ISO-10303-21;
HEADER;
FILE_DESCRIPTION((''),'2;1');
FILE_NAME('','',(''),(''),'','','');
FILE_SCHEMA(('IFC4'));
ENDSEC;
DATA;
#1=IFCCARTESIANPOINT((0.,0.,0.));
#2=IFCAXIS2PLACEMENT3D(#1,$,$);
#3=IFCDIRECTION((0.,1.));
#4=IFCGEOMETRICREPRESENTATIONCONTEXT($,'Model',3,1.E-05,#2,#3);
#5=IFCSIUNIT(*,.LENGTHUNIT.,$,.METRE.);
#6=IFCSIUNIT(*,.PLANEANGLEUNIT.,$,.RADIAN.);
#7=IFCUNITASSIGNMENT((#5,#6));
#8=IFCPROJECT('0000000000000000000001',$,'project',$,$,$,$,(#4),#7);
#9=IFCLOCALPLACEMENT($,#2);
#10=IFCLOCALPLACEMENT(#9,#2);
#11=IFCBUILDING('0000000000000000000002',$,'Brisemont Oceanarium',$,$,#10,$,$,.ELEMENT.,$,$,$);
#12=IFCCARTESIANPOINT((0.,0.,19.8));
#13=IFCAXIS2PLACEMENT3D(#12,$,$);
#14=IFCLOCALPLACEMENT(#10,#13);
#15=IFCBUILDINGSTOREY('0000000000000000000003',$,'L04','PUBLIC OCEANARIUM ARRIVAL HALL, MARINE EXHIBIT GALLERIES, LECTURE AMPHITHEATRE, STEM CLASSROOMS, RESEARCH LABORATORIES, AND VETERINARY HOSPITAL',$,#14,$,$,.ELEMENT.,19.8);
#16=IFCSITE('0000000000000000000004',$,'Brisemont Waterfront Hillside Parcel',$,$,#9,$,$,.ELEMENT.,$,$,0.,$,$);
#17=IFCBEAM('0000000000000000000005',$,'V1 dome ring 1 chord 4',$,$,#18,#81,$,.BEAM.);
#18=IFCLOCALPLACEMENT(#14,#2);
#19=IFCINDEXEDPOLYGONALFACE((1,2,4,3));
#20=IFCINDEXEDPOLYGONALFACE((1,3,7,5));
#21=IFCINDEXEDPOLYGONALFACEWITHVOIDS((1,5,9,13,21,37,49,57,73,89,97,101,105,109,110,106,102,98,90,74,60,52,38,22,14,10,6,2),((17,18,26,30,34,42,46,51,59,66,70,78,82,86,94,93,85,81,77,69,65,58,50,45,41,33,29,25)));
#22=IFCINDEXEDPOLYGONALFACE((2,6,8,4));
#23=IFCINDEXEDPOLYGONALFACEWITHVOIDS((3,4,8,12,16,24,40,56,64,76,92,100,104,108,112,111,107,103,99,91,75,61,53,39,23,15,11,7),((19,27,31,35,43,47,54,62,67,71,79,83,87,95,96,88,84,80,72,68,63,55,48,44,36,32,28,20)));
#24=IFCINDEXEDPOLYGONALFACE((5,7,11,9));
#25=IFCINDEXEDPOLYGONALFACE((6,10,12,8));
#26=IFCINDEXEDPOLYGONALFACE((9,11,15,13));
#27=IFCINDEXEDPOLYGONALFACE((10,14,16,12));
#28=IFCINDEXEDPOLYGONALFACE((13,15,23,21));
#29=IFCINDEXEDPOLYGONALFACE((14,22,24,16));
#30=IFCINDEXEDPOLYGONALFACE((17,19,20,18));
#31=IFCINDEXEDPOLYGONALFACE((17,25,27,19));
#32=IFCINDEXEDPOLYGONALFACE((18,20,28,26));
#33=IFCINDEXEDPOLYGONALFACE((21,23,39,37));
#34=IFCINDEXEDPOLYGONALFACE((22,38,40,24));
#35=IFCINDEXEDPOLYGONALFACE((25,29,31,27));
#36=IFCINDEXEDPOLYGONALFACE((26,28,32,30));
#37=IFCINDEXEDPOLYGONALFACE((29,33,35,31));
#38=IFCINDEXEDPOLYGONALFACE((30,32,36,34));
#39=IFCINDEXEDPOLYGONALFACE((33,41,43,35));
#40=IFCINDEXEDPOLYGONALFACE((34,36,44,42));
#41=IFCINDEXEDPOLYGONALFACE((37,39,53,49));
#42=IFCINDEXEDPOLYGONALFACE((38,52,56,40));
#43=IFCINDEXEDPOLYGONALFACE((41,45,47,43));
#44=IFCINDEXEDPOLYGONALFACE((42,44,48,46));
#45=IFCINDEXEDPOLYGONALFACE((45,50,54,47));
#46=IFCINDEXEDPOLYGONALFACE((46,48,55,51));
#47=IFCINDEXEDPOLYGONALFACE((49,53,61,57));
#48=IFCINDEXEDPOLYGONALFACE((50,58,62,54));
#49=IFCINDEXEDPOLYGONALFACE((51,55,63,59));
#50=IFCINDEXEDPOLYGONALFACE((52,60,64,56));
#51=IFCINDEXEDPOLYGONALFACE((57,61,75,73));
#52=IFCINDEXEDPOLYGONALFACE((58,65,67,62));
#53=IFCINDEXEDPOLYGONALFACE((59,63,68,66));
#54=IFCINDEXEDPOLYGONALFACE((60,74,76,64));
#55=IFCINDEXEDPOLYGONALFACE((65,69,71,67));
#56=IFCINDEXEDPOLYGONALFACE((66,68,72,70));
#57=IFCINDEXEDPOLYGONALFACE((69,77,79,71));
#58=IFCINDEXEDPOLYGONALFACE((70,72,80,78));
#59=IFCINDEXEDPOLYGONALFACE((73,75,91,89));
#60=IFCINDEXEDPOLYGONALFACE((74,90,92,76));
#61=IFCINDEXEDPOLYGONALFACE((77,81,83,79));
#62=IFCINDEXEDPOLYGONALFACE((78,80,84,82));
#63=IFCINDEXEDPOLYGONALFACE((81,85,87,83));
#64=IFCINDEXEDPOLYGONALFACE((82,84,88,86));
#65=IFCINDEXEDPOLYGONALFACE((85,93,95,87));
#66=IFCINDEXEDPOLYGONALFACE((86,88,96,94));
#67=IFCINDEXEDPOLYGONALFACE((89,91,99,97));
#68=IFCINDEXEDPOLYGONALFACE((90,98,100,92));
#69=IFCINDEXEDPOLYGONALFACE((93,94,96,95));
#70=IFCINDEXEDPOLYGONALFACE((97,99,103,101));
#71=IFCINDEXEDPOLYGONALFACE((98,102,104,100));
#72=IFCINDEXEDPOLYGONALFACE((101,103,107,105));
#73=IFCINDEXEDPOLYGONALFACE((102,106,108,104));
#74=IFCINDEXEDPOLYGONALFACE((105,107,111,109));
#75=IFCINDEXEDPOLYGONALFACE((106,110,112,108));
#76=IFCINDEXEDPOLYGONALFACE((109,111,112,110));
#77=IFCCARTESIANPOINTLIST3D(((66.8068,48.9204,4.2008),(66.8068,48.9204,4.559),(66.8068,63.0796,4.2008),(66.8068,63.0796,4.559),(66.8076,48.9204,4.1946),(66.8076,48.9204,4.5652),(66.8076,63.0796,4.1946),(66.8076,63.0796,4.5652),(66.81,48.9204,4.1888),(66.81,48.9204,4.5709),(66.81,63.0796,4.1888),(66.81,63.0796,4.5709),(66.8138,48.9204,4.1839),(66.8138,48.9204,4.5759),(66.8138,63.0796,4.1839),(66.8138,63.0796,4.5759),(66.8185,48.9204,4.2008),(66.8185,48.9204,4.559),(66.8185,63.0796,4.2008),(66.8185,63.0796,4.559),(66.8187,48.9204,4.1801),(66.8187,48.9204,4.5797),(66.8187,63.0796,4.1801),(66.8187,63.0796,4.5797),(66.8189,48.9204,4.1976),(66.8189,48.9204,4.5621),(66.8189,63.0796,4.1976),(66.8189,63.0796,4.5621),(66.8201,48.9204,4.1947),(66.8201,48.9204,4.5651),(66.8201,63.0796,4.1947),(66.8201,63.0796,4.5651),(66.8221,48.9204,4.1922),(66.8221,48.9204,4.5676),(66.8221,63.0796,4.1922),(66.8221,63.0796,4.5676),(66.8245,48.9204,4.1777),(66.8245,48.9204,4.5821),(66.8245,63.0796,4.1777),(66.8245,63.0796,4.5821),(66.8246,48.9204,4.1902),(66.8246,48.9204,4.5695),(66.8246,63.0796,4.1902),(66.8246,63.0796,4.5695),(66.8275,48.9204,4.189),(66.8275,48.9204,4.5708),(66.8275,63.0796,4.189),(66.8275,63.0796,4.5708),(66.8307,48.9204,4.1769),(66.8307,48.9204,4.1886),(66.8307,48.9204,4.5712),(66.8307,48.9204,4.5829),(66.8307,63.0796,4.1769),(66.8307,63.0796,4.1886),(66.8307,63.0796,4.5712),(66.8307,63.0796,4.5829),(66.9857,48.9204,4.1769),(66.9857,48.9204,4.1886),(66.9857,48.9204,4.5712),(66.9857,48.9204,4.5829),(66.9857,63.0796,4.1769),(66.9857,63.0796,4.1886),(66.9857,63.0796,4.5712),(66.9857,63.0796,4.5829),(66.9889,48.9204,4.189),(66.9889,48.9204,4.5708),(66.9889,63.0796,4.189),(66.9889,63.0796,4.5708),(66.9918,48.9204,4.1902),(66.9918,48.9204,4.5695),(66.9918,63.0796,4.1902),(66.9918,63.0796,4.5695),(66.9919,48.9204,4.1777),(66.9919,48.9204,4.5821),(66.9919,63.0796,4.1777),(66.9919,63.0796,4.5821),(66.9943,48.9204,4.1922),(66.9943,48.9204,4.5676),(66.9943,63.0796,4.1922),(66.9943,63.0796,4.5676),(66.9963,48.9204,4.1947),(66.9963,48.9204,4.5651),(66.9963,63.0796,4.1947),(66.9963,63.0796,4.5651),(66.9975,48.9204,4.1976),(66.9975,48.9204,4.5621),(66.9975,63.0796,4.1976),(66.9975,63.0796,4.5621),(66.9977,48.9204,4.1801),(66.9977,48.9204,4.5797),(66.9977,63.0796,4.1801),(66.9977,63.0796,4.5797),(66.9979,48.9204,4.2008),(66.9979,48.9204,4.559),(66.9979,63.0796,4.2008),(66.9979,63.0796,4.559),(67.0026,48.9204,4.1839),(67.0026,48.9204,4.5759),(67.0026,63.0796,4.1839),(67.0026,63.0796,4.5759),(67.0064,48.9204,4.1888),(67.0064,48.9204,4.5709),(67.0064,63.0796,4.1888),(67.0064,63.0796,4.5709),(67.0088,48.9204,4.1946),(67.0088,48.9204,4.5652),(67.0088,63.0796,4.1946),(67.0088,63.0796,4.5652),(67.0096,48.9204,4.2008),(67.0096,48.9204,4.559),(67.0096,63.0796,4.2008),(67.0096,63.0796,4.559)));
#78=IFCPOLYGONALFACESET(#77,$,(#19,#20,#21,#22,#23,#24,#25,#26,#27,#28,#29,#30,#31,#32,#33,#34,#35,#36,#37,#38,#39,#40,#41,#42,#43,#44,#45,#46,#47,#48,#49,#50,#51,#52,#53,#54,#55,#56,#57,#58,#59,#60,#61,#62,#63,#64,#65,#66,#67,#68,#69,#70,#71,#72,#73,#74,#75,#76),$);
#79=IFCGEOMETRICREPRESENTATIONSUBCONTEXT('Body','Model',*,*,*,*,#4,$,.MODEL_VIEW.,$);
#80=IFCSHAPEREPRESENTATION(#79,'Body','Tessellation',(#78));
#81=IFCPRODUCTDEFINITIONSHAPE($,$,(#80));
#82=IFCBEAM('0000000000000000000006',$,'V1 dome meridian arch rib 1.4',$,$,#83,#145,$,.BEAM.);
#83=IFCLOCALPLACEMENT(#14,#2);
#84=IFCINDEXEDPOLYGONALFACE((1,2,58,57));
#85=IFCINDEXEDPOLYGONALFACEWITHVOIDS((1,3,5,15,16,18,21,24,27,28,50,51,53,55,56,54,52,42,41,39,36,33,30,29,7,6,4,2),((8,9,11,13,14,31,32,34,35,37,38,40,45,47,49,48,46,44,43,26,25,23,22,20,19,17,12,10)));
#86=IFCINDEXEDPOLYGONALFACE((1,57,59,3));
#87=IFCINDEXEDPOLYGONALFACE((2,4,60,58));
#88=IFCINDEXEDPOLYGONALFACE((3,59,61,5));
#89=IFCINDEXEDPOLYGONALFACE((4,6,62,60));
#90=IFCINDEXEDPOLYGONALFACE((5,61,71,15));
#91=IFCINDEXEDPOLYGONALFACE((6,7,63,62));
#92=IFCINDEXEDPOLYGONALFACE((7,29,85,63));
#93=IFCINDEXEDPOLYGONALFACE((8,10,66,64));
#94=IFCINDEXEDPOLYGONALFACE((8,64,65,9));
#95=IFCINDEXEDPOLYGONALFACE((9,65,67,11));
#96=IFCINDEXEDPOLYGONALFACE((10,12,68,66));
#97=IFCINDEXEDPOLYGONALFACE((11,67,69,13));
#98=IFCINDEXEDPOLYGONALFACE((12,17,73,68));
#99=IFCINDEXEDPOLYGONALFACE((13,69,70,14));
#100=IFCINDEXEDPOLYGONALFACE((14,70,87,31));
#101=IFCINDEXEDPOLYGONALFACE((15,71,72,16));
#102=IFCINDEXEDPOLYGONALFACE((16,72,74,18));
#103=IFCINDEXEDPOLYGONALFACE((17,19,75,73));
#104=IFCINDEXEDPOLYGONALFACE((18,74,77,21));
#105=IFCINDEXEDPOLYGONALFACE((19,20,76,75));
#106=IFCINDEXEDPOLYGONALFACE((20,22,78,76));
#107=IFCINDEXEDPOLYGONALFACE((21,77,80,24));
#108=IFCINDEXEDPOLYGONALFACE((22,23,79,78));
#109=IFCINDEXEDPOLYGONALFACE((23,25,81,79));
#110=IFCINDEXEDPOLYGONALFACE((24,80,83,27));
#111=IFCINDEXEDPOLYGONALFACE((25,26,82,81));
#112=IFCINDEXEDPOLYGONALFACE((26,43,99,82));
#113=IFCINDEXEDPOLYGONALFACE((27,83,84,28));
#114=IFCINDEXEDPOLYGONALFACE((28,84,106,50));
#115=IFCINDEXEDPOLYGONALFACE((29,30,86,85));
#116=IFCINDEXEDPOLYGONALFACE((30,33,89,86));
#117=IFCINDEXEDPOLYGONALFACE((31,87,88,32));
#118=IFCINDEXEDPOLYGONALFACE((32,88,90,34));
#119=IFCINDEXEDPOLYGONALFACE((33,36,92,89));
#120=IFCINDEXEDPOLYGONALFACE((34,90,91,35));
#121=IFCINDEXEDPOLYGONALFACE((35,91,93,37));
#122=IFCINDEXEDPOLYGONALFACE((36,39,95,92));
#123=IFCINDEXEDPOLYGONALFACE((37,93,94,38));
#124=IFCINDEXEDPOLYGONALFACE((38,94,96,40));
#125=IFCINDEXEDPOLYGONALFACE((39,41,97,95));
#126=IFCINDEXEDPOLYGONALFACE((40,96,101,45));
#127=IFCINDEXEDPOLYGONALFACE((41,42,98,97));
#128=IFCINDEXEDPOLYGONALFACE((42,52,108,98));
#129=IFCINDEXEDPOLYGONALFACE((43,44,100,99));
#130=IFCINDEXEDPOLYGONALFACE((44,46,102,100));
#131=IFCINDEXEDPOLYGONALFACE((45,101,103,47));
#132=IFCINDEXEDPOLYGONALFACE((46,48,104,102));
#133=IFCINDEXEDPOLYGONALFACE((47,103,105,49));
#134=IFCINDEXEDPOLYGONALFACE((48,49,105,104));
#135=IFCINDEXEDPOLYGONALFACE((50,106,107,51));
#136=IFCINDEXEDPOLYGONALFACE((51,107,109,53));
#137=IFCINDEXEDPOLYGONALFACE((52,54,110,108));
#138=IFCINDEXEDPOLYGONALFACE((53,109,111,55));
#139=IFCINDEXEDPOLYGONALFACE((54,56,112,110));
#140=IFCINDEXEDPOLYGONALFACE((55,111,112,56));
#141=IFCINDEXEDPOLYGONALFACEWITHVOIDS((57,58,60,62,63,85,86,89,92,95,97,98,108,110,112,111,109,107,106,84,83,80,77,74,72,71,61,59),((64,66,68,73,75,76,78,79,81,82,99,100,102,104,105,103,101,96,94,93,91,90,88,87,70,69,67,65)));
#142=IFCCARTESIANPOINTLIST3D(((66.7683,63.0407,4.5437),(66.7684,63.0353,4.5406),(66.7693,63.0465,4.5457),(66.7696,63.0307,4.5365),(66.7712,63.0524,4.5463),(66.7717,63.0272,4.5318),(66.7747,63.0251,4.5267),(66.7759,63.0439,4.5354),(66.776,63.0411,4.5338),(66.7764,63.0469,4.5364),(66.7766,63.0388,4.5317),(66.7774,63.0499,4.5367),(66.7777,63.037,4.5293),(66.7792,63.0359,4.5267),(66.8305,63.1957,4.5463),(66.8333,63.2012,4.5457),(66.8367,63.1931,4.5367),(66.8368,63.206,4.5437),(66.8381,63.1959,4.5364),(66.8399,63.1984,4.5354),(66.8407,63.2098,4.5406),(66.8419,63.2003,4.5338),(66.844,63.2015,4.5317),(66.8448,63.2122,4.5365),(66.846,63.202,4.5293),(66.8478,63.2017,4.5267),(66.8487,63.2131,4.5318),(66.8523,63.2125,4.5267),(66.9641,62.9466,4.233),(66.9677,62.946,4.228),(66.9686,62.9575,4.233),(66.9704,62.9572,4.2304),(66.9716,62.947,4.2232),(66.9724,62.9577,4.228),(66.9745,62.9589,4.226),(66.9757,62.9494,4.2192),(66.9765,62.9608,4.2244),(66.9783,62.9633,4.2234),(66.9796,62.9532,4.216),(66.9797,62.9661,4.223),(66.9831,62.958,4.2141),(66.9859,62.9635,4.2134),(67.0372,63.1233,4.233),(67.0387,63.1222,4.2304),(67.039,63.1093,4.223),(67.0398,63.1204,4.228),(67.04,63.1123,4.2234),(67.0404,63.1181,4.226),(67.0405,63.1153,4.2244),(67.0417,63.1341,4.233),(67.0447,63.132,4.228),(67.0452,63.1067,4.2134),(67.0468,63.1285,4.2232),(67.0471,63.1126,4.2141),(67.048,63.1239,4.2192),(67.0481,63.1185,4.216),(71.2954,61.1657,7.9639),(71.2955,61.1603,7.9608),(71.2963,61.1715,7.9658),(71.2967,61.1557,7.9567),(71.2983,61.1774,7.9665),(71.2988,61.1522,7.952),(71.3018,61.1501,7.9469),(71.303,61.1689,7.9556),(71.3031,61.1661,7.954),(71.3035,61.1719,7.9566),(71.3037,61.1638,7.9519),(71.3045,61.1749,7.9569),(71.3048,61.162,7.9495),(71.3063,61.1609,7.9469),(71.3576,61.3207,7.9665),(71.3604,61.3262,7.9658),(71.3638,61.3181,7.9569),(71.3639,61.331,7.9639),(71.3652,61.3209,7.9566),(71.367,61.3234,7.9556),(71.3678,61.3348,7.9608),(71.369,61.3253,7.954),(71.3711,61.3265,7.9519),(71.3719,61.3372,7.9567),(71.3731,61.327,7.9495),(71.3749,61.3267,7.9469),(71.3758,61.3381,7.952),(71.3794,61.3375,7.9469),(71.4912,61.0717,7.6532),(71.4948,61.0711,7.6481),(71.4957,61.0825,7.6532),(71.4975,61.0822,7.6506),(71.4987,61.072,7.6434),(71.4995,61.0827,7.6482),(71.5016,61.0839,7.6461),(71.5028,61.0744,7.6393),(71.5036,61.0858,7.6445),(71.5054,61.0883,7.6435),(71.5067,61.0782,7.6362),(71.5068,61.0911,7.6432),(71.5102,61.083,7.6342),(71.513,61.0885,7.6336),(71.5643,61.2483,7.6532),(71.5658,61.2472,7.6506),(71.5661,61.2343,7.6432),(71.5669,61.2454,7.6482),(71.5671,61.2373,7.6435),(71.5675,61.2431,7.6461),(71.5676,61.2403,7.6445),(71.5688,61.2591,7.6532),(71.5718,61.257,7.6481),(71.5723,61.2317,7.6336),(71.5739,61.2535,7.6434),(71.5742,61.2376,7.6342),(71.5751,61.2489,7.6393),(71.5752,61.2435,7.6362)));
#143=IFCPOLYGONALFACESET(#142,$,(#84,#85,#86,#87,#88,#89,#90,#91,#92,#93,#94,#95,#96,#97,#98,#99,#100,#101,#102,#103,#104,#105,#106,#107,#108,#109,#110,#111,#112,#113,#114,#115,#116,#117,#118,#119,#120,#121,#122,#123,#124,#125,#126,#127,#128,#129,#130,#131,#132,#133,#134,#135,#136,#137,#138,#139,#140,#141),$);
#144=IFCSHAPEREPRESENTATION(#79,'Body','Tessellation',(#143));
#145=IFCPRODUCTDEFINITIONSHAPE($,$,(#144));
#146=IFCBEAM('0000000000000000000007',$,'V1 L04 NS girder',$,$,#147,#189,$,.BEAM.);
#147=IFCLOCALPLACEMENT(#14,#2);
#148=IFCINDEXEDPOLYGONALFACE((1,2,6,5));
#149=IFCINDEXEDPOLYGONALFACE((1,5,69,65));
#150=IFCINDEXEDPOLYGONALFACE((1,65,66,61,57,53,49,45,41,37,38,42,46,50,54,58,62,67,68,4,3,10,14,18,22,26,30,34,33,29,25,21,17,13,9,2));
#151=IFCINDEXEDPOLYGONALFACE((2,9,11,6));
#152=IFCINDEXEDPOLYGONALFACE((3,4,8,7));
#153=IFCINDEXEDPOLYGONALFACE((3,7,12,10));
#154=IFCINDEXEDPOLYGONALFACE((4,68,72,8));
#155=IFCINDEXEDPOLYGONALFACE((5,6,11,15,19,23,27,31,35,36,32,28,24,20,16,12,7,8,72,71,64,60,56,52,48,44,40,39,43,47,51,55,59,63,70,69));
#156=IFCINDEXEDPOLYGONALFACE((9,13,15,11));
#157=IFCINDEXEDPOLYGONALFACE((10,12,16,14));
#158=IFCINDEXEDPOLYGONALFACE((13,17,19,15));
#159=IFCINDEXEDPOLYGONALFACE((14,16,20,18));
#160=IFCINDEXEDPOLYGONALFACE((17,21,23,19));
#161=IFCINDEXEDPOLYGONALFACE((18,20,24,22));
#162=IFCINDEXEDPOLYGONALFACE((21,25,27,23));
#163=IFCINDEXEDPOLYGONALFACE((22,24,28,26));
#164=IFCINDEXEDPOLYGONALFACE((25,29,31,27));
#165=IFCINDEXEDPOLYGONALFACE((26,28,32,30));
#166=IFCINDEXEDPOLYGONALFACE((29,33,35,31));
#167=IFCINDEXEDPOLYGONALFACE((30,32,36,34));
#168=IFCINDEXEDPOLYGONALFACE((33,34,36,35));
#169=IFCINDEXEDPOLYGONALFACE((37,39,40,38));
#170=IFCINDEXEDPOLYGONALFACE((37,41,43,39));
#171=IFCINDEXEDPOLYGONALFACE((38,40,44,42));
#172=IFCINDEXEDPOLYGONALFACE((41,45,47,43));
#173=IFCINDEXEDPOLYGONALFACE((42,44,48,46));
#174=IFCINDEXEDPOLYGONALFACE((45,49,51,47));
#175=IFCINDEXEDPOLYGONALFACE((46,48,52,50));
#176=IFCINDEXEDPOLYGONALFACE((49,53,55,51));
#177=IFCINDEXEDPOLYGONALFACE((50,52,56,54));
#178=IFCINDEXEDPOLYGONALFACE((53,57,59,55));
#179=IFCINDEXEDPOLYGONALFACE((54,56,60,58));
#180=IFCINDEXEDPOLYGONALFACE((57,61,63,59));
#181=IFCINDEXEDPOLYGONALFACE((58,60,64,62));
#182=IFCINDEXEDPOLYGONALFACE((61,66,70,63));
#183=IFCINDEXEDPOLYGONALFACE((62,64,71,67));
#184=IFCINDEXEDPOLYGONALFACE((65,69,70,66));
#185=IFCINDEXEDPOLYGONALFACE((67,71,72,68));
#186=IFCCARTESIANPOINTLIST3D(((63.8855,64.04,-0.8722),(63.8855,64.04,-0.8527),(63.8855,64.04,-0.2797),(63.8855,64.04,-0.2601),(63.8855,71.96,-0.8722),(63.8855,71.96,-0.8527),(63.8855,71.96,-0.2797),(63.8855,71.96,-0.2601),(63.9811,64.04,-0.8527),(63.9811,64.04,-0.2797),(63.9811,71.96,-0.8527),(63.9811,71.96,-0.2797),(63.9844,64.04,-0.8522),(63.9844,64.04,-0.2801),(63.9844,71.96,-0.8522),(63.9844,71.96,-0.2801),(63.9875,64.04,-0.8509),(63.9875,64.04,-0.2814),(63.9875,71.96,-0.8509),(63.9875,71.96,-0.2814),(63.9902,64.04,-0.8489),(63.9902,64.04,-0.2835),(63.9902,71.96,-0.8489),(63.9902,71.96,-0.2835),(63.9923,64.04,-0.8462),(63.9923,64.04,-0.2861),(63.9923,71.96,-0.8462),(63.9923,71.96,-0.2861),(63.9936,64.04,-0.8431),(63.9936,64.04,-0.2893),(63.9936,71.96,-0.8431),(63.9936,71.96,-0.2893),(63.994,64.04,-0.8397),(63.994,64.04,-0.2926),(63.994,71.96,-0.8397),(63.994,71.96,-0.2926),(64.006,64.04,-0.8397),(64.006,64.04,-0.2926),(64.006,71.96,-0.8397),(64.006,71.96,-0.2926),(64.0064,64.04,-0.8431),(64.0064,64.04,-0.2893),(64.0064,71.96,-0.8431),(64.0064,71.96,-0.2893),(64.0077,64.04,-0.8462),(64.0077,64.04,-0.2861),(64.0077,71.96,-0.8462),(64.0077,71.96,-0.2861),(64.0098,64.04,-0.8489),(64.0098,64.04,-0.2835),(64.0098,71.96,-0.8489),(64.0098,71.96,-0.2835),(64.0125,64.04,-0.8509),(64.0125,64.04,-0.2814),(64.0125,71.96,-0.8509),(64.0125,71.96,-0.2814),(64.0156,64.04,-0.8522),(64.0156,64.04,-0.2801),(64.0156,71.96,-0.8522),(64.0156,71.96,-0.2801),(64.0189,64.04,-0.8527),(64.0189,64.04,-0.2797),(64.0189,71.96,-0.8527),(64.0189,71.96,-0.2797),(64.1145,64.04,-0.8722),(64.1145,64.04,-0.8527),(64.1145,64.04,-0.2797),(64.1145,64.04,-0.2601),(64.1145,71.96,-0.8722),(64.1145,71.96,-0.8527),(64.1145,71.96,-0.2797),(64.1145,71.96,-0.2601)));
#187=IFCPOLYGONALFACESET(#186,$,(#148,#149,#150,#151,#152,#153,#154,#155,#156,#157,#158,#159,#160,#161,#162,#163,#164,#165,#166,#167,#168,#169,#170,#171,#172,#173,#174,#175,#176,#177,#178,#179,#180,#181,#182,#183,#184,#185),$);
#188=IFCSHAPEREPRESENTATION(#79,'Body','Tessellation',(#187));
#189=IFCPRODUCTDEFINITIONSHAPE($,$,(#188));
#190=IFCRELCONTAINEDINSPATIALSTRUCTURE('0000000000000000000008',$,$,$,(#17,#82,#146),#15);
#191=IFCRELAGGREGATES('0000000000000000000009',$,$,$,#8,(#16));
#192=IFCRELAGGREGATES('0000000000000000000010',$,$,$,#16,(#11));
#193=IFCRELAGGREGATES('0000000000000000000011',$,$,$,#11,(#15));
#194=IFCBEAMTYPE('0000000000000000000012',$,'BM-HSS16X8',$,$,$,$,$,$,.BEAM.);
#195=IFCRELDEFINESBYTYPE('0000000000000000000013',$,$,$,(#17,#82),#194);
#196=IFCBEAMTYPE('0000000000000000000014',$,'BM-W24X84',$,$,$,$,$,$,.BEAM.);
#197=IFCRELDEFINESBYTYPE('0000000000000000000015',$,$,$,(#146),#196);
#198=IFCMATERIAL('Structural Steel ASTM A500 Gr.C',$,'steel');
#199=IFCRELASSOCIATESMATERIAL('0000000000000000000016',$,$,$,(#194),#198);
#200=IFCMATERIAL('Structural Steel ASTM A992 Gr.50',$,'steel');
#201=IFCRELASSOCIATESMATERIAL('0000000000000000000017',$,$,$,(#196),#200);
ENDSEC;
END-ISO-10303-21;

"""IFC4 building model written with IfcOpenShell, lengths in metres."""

from ifc_helpers import new_model, si_unit, direction, frame, origin, origin_2d, place, context, subcontext, project, spatial, hollow_rectangle, i_section, extrude, material, material_profile, profile_set, type_object, element, save


model = new_model("IFC4")

# Units and contexts
model_context = context("Model", 3, precision=1e-05, world=origin(), true_north=direction((0.0, 1.0)))
body_context = subcontext(model_context, "Body", "Model", "MODEL_VIEW")
ifc_project = project(units=[si_unit("LENGTHUNIT", "METRE"), si_unit("PLANEANGLEUNIT", "RADIAN")], contexts=[model_context])

# Site, building, storey
site_placement = place(None, origin())
site = spatial("IfcSite", under=ifc_project, at=site_placement, Name="Brisemont Waterfront Hillside Parcel", CompositionType="ELEMENT", RefElevation=0.0)
building_placement = place(site_placement, origin())
building = spatial("IfcBuilding", under=site, at=building_placement, Name="Brisemont Oceanarium", CompositionType="ELEMENT")
storey_placement = place(building_placement, frame((0.0, 0.0, 19.8)))
storey = spatial("IfcBuildingStorey", under=building, at=storey_placement, Name="L04", Description="PUBLIC OCEANARIUM ARRIVAL HALL, MARINE EXHIBIT GALLERIES, LECTURE AMPHITHEATRE, STEM CLASSROOMS, RESEARCH LABORATORIES, AND VETERINARY HOSPITAL", CompositionType="ELEMENT", Elevation=19.8)

# Beams
ifc_material_1 = material(Name="Structural Steel ASTM A500 Gr.C", Category="steel")
ifc_material_profile_1 = material_profile(ifc_material_1, hollow_rectangle(XDim=0.2029, YDim=0.406, WallThickness=0.0117, InnerFilletRadius=0.0122, OuterFilletRadius=0.0239, at=origin_2d()), Name="HSS16X8X1/2")
ifc_profile_set_1 = profile_set([ifc_material_profile_1], Name="Structural Steel ASTM A500 Gr.C")
beam_type_1 = type_object("IfcBeamType", Name="BM-HSS16X8", PredefinedType="BEAM", material=ifc_profile_set_1)
beam_1_placement = place(storey_placement, frame((66.9082, 63.0796, 4.3799), z_axis=(0.0, -1.0, 0.0), x_axis=(1.0, 0.0, 0.0)))
element("IfcBeam", 1, at=beam_1_placement, inside=storey, type_object=beam_type_1, Name="V1 dome ring 1 chord 4", PredefinedType="BEAM", context=body_context, shape_type="SweptSolid", body=[
    extrude(hollow_rectangle(XDim=0.2029, YDim=0.406, WallThickness=0.0117, InnerFilletRadius=0.0122, OuterFilletRadius=0.0239, at=origin_2d()), origin(), (0.0, 0.0, 1.0), 14.1592),
])
beam_2_placement = place(storey_placement, frame((66.9082, 63.0796, 4.3799), z_axis=(0.757598, -0.313776, 0.572355), x_axis=(0.382651, 0.923893, 0.0)))
element("IfcBeam", 2, at=beam_2_placement, inside=storey, type_object=beam_type_1, Name="V1 dome meridian arch rib 1.4", PredefinedType="BEAM", context=body_context, shape_type="SweptSolid", body=[
    extrude(hollow_rectangle(XDim=0.2029, YDim=0.406, WallThickness=0.0117, InnerFilletRadius=0.0122, OuterFilletRadius=0.0239, at=origin_2d()), origin(), (0.0, 0.0, 1.0), 5.9756),
])
ifc_material_2 = material(Name="Structural Steel ASTM A992 Gr.50", Category="steel")
ifc_material_profile_2 = material_profile(ifc_material_2, i_section(OverallWidth=0.229, OverallDepth=0.6121, WebThickness=0.012, FlangeThickness=0.0195, FilletRadius=0.0129, at=origin_2d()), Name="W24X84")
ifc_profile_set_2 = profile_set([ifc_material_profile_2], Name="Structural Steel ASTM A992 Gr.50")
beam_type_2 = type_object("IfcBeamType", Name="BM-W24X84", PredefinedType="BEAM", material=ifc_profile_set_2)
beam_3_placement = place(storey_placement, frame((64.0, 64.04, -0.5662), z_axis=(0.0, 1.0, 0.0), x_axis=(-1.0, 0.0, 0.0)))
element("IfcBeam", 3, at=beam_3_placement, inside=storey, type_object=beam_type_2, Name="V1 L04 NS girder", PredefinedType="BEAM", context=body_context, shape_type="SweptSolid", body=[
    extrude(i_section(OverallWidth=0.229, OverallDepth=0.6121, WebThickness=0.012, FlangeThickness=0.0195, FilletRadius=0.0129, at=origin_2d()), origin(), (0.0, 0.0, 1.0), 7.9199),
])

save(model, "model.ifc")
